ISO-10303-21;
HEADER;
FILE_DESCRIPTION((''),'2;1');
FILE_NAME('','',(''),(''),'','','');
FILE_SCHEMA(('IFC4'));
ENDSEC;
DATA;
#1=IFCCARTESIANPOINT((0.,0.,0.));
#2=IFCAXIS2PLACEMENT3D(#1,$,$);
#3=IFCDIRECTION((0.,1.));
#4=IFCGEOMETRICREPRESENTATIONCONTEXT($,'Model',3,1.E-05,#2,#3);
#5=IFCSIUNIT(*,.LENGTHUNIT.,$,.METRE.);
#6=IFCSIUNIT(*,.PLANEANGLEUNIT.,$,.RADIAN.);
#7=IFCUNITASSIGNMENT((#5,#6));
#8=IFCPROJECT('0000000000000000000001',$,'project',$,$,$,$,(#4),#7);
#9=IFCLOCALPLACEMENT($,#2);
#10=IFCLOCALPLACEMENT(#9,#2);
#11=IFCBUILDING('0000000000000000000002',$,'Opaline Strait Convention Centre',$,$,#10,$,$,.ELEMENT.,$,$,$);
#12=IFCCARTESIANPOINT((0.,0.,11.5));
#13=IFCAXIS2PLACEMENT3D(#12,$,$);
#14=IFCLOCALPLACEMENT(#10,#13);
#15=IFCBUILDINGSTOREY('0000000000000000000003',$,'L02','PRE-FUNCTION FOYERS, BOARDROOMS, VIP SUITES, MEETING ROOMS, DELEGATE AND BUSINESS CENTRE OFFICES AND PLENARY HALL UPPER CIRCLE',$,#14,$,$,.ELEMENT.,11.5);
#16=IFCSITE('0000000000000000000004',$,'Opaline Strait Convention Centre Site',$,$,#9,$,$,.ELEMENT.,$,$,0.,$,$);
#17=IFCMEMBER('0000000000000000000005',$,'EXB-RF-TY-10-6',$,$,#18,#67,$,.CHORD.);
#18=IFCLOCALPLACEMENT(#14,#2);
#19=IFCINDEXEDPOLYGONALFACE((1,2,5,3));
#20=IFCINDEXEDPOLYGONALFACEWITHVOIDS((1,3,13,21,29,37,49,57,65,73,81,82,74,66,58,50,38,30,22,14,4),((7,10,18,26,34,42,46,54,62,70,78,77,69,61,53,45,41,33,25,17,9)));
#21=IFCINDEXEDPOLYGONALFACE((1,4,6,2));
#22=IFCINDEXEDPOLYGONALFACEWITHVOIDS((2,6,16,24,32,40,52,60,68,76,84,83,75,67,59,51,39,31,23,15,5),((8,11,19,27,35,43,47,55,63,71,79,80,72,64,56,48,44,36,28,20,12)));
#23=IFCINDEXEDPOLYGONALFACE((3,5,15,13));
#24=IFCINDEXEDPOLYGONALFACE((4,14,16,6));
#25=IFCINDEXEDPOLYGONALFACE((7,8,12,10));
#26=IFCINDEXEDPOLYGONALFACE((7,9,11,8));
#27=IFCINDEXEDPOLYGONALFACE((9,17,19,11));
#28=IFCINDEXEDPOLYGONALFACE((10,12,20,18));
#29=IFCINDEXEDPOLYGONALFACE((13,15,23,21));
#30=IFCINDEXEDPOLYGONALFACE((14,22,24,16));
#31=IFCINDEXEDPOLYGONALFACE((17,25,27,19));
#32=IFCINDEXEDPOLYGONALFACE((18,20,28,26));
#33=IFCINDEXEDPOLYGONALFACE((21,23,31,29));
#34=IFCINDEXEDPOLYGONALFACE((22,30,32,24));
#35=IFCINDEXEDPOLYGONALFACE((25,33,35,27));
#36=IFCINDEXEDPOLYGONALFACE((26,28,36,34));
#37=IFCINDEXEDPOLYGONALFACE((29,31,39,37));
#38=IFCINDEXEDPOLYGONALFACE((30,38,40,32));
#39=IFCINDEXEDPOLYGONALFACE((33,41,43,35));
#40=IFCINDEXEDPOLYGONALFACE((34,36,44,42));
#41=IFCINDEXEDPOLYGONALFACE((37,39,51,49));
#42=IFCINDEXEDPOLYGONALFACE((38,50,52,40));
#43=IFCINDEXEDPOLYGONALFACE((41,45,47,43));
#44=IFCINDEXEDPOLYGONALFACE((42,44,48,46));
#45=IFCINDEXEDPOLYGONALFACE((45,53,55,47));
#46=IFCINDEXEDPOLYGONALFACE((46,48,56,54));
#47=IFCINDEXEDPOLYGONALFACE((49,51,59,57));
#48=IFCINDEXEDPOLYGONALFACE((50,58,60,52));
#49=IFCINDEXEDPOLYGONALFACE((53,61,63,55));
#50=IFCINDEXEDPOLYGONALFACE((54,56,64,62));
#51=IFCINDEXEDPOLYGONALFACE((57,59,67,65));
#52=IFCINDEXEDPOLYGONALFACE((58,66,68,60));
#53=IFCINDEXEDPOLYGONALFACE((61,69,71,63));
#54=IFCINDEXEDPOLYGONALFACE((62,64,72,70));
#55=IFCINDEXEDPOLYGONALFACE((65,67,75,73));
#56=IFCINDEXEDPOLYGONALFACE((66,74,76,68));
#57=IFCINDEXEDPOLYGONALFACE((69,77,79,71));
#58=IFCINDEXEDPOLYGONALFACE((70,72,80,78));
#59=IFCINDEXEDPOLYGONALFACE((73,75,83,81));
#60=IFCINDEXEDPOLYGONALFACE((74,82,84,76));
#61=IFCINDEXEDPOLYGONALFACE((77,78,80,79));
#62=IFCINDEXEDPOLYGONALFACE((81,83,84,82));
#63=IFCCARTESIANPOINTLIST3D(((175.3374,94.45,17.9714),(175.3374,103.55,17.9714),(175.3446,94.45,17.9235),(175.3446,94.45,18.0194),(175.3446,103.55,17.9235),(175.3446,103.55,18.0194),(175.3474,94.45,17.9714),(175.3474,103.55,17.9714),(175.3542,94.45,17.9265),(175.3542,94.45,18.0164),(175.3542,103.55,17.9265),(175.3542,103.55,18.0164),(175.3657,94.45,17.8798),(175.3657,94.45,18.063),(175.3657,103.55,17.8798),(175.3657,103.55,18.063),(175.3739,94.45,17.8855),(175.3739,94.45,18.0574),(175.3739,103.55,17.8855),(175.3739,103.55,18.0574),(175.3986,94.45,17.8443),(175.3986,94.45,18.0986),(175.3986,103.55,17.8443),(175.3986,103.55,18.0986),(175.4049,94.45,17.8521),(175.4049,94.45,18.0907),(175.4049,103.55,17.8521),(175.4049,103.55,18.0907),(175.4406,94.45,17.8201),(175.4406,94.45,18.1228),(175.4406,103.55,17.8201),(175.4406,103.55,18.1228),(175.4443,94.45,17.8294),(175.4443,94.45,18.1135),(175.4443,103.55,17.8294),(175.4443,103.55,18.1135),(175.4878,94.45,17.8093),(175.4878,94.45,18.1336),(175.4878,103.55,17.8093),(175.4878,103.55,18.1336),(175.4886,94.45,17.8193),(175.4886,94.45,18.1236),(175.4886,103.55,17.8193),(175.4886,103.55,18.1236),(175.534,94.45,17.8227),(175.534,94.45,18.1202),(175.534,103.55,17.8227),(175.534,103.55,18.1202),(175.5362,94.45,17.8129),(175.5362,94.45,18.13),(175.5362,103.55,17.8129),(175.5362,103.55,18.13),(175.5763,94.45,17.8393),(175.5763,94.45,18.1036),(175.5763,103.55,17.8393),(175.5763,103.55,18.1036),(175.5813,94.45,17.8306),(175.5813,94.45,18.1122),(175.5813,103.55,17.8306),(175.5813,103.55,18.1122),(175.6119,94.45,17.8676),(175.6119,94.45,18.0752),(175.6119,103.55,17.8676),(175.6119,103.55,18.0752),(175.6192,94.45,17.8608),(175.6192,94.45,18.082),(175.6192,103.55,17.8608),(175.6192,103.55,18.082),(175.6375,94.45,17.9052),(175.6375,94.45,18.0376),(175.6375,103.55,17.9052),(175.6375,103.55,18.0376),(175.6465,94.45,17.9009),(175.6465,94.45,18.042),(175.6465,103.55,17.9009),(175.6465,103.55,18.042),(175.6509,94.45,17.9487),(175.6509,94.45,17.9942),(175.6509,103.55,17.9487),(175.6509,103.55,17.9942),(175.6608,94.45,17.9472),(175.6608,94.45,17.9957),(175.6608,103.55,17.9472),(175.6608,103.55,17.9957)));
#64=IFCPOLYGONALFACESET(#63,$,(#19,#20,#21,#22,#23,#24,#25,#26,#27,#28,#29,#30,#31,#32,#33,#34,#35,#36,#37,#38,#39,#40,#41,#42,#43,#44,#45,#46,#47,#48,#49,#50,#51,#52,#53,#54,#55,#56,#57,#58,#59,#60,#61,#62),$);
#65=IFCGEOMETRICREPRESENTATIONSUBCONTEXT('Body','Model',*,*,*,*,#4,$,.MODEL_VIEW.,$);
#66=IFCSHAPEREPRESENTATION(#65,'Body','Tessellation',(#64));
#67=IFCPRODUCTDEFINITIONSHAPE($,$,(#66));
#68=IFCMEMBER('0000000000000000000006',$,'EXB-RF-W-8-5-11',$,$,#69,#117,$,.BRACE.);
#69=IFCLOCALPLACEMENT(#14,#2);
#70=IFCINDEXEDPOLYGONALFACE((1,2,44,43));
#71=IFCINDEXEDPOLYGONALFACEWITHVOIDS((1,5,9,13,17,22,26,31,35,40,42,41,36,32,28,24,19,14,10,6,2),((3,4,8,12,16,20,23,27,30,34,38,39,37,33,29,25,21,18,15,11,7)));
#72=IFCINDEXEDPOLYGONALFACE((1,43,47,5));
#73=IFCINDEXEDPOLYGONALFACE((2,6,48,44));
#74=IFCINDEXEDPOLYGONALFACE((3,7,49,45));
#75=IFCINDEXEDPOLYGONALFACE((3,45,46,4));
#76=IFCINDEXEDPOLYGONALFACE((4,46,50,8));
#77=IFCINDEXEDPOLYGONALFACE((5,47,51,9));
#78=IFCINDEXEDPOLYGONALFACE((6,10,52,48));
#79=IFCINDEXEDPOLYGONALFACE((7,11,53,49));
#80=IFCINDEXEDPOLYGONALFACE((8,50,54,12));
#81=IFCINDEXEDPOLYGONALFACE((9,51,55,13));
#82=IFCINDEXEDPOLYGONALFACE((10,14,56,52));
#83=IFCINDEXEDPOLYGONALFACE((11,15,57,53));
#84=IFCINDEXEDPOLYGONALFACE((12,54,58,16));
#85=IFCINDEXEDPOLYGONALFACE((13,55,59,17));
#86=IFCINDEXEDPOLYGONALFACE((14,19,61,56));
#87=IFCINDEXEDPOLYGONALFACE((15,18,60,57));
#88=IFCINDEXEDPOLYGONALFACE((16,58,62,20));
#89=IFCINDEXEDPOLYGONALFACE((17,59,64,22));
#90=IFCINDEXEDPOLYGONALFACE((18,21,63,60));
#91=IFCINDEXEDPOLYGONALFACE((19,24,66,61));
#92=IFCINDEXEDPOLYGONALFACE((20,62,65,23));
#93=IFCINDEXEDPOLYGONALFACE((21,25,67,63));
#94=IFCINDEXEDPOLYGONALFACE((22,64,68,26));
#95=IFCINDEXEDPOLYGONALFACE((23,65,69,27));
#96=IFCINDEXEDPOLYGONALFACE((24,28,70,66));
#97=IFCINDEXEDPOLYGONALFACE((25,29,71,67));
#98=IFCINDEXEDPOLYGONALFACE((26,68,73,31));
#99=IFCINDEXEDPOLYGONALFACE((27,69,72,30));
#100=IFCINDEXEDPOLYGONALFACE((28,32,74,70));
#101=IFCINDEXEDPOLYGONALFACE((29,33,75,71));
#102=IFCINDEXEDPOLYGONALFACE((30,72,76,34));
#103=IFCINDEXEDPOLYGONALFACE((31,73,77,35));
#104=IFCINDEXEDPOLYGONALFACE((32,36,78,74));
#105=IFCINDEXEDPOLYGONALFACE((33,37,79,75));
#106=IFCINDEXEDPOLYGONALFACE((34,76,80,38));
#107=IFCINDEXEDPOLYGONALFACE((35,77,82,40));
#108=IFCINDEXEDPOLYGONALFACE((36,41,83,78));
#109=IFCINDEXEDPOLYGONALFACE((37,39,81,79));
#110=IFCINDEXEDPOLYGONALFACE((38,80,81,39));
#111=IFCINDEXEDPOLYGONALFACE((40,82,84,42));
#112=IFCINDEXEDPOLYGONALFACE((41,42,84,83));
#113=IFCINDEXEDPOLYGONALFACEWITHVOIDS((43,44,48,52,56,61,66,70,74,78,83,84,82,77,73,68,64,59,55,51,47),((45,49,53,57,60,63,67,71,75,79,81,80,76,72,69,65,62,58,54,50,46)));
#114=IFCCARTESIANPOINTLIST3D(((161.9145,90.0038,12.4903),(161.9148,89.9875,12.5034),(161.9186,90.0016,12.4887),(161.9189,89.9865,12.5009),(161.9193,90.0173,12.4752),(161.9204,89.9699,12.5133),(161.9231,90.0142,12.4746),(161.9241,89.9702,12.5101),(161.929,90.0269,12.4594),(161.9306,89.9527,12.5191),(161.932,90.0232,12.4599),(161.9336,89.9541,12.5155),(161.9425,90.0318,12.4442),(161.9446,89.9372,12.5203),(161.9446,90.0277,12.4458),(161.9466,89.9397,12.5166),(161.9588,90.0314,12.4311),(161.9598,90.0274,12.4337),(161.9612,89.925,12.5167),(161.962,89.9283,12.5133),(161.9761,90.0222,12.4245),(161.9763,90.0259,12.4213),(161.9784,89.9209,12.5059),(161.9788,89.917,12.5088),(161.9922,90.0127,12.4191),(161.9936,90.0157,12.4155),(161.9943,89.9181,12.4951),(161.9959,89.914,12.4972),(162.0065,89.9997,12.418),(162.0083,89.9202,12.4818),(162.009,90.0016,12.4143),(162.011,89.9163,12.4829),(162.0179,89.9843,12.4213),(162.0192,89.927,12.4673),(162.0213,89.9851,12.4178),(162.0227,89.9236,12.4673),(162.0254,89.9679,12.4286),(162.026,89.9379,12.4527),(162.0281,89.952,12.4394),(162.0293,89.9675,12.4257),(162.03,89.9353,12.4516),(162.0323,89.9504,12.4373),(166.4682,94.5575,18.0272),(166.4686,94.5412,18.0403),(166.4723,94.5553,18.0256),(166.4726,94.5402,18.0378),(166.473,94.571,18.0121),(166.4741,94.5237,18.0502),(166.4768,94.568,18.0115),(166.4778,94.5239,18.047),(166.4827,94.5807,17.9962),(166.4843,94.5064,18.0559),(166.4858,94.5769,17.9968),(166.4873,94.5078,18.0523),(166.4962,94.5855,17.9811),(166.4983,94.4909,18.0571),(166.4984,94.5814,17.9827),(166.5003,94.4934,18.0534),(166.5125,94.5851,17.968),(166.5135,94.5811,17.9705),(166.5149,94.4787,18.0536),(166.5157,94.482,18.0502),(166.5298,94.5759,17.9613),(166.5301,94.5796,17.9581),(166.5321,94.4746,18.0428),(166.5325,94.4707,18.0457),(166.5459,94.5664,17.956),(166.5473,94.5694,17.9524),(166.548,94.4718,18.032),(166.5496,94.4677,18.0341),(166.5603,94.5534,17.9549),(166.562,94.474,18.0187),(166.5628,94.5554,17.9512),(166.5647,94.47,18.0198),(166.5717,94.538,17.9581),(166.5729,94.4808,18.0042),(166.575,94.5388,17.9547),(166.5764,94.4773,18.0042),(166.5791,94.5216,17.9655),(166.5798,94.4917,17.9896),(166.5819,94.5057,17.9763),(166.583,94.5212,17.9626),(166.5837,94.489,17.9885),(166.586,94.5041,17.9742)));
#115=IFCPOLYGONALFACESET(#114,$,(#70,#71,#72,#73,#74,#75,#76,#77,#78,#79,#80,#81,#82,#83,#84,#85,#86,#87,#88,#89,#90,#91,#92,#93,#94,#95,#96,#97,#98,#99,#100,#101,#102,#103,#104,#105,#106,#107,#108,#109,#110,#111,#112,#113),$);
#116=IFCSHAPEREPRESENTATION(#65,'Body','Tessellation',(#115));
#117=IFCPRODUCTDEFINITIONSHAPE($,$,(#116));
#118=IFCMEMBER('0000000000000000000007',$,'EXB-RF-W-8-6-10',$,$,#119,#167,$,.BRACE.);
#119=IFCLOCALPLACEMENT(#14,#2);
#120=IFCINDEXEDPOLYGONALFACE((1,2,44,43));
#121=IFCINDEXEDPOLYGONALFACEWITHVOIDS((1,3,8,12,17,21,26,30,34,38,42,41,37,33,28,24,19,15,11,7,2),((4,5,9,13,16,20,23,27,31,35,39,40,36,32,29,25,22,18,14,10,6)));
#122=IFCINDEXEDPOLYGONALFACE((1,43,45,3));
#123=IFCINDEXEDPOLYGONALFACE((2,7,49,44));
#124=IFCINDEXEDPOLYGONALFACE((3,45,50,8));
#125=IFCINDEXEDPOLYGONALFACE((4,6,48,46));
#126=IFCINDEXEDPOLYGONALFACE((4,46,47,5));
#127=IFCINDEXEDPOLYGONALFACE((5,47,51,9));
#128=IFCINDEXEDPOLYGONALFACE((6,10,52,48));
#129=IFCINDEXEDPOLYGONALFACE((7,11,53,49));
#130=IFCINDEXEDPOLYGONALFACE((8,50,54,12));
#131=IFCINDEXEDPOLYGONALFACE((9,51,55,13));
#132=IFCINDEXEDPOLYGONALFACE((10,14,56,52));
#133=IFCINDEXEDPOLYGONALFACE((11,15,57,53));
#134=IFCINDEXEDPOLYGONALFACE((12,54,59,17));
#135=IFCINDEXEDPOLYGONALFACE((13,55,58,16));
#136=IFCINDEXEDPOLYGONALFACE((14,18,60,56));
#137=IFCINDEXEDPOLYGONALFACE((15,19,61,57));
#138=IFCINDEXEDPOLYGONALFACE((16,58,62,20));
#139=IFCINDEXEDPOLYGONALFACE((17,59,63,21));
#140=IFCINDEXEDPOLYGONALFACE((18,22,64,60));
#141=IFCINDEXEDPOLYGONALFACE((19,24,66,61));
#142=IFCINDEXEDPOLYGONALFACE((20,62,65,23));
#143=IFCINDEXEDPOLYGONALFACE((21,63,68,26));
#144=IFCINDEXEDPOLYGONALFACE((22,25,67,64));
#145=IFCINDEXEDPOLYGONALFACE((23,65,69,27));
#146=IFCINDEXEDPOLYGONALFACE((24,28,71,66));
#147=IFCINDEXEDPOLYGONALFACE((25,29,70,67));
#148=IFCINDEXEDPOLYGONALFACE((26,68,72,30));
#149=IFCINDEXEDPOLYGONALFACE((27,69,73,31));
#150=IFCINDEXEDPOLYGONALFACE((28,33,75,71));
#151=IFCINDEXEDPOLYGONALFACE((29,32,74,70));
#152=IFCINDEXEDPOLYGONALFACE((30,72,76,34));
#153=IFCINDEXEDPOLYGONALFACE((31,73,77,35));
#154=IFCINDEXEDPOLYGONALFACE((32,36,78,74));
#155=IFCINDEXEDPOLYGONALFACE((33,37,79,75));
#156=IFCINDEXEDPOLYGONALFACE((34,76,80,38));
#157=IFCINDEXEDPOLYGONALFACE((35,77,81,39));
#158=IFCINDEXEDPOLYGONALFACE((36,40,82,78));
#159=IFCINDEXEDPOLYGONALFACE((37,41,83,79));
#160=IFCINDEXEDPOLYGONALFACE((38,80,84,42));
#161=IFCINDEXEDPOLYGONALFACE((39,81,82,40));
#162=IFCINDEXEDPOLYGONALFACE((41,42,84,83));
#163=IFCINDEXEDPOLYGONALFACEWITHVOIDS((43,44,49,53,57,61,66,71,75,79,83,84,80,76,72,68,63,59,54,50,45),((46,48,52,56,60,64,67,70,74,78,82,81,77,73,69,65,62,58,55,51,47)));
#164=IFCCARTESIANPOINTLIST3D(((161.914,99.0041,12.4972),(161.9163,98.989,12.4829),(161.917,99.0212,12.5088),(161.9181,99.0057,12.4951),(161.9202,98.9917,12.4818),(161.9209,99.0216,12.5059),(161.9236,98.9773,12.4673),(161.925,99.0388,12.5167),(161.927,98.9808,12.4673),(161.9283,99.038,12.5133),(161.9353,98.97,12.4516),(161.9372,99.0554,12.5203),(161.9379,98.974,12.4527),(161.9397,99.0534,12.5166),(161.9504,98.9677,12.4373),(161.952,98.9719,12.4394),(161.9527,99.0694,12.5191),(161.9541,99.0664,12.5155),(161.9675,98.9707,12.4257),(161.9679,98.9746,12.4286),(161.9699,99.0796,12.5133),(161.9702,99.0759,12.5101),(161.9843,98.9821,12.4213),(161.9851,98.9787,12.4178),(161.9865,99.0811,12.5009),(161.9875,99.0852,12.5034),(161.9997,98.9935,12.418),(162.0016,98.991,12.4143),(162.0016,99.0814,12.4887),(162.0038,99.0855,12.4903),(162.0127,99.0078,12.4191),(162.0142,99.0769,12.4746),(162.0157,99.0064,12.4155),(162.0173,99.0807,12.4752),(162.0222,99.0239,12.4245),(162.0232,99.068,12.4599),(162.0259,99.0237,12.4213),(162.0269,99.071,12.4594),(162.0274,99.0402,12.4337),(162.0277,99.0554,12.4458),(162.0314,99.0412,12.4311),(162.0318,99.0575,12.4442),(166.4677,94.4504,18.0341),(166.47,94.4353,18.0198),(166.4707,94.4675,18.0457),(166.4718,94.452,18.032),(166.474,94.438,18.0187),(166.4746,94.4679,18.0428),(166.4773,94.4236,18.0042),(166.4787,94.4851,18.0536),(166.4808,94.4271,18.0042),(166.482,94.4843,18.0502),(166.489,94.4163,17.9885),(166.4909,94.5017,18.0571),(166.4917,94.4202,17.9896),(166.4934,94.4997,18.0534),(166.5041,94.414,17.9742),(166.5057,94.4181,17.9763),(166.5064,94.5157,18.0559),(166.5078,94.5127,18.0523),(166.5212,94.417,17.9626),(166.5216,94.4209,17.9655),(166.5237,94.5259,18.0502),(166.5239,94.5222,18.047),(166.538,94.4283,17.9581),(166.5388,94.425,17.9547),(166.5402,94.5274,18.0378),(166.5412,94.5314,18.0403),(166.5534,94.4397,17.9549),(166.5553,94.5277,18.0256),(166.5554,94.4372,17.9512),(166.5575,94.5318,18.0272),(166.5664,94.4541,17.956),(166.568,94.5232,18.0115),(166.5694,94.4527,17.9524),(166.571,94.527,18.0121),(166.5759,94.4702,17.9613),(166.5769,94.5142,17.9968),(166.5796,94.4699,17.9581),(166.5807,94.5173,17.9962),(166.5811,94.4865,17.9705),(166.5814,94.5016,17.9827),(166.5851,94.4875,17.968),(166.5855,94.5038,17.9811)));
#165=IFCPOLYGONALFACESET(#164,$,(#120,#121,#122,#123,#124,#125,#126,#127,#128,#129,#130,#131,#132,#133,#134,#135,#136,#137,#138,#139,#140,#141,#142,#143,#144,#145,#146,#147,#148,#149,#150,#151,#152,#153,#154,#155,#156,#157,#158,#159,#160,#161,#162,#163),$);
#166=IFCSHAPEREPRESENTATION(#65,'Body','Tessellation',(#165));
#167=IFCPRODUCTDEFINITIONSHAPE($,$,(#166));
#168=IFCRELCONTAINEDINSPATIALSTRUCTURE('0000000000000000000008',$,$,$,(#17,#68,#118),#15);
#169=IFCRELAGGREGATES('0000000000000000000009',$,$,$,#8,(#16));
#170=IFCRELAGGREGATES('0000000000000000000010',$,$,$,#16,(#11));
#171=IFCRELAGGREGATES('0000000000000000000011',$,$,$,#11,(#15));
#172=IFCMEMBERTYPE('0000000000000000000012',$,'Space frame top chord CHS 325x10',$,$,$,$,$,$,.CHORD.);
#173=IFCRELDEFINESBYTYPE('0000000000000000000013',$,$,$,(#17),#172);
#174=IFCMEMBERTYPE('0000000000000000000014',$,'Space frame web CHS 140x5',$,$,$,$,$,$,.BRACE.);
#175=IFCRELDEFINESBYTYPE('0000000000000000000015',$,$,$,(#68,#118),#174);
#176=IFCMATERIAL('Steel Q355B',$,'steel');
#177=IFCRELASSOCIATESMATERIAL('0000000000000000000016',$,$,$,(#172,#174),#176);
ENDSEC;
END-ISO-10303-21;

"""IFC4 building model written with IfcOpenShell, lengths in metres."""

from ifc_helpers import new_model, si_unit, direction, frame, origin, origin_2d, place, context, subcontext, project, spatial, hollow_circle, extrude, material, material_profile, profile_set, type_object, element, save


model = new_model("IFC4")

# Units and contexts
model_context = context("Model", 3, precision=1e-05, world=origin(), true_north=direction((0.0, 1.0)))
body_context = subcontext(model_context, "Body", "Model", "MODEL_VIEW")
ifc_project = project(units=[si_unit("LENGTHUNIT", "METRE"), si_unit("PLANEANGLEUNIT", "RADIAN")], contexts=[model_context])

# Site, building, storey
site_placement = place(None, origin())
site = spatial("IfcSite", under=ifc_project, at=site_placement, Name="Opaline Strait Convention Centre Site", CompositionType="ELEMENT", RefElevation=0.0)
building_placement = place(site_placement, origin())
building = spatial("IfcBuilding", under=site, at=building_placement, Name="Opaline Strait Convention Centre", CompositionType="ELEMENT")
storey_placement = place(building_placement, frame((0.0, 0.0, 11.5)))
storey = spatial("IfcBuildingStorey", under=building, at=storey_placement, Name="L02", Description="PRE-FUNCTION FOYERS, BOARDROOMS, VIP SUITES, MEETING ROOMS, DELEGATE AND BUSINESS CENTRE OFFICES AND PLENARY HALL UPPER CIRCLE", CompositionType="ELEMENT", Elevation=11.5)

# Members
ifc_material = material(Name="Steel Q355B", Category="steel")
ifc_material_profile_1 = material_profile(ifc_material, hollow_circle(Radius=0.1626, WallThickness=0.01, at=origin_2d()), Name="CHS 325x10")
ifc_profile_set_1 = profile_set([ifc_material_profile_1], Name="Steel Q355B")
member_type_1 = type_object("IfcMemberType", Name="Space frame top chord CHS 325x10", PredefinedType="CHORD", material=ifc_profile_set_1)
for number, where, z_axis, x_axis, name in (
    (1, (175.5, 94.45, 17.9714), (0.0, 1.0, 0.0), (-1.0, 0.0, 0.0), "EXB-RF-TY-10-6"),
):
    element("IfcMember", number, at=place(storey_placement, frame(where, z_axis=z_axis, x_axis=x_axis)), inside=storey, type_object=member_type_1, Name=name, PredefinedType="CHORD", context=body_context, shape_type="SweptSolid", body=[
        extrude(hollow_circle(Radius=0.1626, WallThickness=0.01, at=origin_2d()), origin(), (0.0, 0.0, 1.0), 9.1001),
    ])
ifc_material_profile_2 = material_profile(ifc_material, hollow_circle(Radius=0.0701, WallThickness=0.0049, at=origin_2d()), Name="CHS 140x5")
ifc_profile_set_2 = profile_set([ifc_material_profile_2], Name="Steel Q355B")
member_type_2 = type_object("IfcMemberType", Name="Space frame web CHS 140x5", PredefinedType="BRACE", material=ifc_profile_set_2)
for number, where, z_axis, x_axis, name in (
    (2, (166.5269, 94.5269, 18.0042), (-0.536178, -0.536178, -0.65194), (0.707107, -0.707107, 0.0), "EXB-RF-W-8-5-11"),
    (3, (166.5269, 94.4731, 18.0042), (-0.536178, 0.536178, -0.65194), (-0.707107, -0.707107, 0.0), "EXB-RF-W-8-6-10"),
):
    element("IfcMember", number, at=place(storey_placement, frame(where, z_axis=z_axis, x_axis=x_axis)), inside=storey, type_object=member_type_2, Name=name, PredefinedType="BRACE", context=body_context, shape_type="SweptSolid", body=[
        extrude(hollow_circle(Radius=0.0701, WallThickness=0.0049, at=origin_2d()), origin(), (0.0, 0.0, 1.0), 8.4929),
    ])

save(model, "model.ifc")
